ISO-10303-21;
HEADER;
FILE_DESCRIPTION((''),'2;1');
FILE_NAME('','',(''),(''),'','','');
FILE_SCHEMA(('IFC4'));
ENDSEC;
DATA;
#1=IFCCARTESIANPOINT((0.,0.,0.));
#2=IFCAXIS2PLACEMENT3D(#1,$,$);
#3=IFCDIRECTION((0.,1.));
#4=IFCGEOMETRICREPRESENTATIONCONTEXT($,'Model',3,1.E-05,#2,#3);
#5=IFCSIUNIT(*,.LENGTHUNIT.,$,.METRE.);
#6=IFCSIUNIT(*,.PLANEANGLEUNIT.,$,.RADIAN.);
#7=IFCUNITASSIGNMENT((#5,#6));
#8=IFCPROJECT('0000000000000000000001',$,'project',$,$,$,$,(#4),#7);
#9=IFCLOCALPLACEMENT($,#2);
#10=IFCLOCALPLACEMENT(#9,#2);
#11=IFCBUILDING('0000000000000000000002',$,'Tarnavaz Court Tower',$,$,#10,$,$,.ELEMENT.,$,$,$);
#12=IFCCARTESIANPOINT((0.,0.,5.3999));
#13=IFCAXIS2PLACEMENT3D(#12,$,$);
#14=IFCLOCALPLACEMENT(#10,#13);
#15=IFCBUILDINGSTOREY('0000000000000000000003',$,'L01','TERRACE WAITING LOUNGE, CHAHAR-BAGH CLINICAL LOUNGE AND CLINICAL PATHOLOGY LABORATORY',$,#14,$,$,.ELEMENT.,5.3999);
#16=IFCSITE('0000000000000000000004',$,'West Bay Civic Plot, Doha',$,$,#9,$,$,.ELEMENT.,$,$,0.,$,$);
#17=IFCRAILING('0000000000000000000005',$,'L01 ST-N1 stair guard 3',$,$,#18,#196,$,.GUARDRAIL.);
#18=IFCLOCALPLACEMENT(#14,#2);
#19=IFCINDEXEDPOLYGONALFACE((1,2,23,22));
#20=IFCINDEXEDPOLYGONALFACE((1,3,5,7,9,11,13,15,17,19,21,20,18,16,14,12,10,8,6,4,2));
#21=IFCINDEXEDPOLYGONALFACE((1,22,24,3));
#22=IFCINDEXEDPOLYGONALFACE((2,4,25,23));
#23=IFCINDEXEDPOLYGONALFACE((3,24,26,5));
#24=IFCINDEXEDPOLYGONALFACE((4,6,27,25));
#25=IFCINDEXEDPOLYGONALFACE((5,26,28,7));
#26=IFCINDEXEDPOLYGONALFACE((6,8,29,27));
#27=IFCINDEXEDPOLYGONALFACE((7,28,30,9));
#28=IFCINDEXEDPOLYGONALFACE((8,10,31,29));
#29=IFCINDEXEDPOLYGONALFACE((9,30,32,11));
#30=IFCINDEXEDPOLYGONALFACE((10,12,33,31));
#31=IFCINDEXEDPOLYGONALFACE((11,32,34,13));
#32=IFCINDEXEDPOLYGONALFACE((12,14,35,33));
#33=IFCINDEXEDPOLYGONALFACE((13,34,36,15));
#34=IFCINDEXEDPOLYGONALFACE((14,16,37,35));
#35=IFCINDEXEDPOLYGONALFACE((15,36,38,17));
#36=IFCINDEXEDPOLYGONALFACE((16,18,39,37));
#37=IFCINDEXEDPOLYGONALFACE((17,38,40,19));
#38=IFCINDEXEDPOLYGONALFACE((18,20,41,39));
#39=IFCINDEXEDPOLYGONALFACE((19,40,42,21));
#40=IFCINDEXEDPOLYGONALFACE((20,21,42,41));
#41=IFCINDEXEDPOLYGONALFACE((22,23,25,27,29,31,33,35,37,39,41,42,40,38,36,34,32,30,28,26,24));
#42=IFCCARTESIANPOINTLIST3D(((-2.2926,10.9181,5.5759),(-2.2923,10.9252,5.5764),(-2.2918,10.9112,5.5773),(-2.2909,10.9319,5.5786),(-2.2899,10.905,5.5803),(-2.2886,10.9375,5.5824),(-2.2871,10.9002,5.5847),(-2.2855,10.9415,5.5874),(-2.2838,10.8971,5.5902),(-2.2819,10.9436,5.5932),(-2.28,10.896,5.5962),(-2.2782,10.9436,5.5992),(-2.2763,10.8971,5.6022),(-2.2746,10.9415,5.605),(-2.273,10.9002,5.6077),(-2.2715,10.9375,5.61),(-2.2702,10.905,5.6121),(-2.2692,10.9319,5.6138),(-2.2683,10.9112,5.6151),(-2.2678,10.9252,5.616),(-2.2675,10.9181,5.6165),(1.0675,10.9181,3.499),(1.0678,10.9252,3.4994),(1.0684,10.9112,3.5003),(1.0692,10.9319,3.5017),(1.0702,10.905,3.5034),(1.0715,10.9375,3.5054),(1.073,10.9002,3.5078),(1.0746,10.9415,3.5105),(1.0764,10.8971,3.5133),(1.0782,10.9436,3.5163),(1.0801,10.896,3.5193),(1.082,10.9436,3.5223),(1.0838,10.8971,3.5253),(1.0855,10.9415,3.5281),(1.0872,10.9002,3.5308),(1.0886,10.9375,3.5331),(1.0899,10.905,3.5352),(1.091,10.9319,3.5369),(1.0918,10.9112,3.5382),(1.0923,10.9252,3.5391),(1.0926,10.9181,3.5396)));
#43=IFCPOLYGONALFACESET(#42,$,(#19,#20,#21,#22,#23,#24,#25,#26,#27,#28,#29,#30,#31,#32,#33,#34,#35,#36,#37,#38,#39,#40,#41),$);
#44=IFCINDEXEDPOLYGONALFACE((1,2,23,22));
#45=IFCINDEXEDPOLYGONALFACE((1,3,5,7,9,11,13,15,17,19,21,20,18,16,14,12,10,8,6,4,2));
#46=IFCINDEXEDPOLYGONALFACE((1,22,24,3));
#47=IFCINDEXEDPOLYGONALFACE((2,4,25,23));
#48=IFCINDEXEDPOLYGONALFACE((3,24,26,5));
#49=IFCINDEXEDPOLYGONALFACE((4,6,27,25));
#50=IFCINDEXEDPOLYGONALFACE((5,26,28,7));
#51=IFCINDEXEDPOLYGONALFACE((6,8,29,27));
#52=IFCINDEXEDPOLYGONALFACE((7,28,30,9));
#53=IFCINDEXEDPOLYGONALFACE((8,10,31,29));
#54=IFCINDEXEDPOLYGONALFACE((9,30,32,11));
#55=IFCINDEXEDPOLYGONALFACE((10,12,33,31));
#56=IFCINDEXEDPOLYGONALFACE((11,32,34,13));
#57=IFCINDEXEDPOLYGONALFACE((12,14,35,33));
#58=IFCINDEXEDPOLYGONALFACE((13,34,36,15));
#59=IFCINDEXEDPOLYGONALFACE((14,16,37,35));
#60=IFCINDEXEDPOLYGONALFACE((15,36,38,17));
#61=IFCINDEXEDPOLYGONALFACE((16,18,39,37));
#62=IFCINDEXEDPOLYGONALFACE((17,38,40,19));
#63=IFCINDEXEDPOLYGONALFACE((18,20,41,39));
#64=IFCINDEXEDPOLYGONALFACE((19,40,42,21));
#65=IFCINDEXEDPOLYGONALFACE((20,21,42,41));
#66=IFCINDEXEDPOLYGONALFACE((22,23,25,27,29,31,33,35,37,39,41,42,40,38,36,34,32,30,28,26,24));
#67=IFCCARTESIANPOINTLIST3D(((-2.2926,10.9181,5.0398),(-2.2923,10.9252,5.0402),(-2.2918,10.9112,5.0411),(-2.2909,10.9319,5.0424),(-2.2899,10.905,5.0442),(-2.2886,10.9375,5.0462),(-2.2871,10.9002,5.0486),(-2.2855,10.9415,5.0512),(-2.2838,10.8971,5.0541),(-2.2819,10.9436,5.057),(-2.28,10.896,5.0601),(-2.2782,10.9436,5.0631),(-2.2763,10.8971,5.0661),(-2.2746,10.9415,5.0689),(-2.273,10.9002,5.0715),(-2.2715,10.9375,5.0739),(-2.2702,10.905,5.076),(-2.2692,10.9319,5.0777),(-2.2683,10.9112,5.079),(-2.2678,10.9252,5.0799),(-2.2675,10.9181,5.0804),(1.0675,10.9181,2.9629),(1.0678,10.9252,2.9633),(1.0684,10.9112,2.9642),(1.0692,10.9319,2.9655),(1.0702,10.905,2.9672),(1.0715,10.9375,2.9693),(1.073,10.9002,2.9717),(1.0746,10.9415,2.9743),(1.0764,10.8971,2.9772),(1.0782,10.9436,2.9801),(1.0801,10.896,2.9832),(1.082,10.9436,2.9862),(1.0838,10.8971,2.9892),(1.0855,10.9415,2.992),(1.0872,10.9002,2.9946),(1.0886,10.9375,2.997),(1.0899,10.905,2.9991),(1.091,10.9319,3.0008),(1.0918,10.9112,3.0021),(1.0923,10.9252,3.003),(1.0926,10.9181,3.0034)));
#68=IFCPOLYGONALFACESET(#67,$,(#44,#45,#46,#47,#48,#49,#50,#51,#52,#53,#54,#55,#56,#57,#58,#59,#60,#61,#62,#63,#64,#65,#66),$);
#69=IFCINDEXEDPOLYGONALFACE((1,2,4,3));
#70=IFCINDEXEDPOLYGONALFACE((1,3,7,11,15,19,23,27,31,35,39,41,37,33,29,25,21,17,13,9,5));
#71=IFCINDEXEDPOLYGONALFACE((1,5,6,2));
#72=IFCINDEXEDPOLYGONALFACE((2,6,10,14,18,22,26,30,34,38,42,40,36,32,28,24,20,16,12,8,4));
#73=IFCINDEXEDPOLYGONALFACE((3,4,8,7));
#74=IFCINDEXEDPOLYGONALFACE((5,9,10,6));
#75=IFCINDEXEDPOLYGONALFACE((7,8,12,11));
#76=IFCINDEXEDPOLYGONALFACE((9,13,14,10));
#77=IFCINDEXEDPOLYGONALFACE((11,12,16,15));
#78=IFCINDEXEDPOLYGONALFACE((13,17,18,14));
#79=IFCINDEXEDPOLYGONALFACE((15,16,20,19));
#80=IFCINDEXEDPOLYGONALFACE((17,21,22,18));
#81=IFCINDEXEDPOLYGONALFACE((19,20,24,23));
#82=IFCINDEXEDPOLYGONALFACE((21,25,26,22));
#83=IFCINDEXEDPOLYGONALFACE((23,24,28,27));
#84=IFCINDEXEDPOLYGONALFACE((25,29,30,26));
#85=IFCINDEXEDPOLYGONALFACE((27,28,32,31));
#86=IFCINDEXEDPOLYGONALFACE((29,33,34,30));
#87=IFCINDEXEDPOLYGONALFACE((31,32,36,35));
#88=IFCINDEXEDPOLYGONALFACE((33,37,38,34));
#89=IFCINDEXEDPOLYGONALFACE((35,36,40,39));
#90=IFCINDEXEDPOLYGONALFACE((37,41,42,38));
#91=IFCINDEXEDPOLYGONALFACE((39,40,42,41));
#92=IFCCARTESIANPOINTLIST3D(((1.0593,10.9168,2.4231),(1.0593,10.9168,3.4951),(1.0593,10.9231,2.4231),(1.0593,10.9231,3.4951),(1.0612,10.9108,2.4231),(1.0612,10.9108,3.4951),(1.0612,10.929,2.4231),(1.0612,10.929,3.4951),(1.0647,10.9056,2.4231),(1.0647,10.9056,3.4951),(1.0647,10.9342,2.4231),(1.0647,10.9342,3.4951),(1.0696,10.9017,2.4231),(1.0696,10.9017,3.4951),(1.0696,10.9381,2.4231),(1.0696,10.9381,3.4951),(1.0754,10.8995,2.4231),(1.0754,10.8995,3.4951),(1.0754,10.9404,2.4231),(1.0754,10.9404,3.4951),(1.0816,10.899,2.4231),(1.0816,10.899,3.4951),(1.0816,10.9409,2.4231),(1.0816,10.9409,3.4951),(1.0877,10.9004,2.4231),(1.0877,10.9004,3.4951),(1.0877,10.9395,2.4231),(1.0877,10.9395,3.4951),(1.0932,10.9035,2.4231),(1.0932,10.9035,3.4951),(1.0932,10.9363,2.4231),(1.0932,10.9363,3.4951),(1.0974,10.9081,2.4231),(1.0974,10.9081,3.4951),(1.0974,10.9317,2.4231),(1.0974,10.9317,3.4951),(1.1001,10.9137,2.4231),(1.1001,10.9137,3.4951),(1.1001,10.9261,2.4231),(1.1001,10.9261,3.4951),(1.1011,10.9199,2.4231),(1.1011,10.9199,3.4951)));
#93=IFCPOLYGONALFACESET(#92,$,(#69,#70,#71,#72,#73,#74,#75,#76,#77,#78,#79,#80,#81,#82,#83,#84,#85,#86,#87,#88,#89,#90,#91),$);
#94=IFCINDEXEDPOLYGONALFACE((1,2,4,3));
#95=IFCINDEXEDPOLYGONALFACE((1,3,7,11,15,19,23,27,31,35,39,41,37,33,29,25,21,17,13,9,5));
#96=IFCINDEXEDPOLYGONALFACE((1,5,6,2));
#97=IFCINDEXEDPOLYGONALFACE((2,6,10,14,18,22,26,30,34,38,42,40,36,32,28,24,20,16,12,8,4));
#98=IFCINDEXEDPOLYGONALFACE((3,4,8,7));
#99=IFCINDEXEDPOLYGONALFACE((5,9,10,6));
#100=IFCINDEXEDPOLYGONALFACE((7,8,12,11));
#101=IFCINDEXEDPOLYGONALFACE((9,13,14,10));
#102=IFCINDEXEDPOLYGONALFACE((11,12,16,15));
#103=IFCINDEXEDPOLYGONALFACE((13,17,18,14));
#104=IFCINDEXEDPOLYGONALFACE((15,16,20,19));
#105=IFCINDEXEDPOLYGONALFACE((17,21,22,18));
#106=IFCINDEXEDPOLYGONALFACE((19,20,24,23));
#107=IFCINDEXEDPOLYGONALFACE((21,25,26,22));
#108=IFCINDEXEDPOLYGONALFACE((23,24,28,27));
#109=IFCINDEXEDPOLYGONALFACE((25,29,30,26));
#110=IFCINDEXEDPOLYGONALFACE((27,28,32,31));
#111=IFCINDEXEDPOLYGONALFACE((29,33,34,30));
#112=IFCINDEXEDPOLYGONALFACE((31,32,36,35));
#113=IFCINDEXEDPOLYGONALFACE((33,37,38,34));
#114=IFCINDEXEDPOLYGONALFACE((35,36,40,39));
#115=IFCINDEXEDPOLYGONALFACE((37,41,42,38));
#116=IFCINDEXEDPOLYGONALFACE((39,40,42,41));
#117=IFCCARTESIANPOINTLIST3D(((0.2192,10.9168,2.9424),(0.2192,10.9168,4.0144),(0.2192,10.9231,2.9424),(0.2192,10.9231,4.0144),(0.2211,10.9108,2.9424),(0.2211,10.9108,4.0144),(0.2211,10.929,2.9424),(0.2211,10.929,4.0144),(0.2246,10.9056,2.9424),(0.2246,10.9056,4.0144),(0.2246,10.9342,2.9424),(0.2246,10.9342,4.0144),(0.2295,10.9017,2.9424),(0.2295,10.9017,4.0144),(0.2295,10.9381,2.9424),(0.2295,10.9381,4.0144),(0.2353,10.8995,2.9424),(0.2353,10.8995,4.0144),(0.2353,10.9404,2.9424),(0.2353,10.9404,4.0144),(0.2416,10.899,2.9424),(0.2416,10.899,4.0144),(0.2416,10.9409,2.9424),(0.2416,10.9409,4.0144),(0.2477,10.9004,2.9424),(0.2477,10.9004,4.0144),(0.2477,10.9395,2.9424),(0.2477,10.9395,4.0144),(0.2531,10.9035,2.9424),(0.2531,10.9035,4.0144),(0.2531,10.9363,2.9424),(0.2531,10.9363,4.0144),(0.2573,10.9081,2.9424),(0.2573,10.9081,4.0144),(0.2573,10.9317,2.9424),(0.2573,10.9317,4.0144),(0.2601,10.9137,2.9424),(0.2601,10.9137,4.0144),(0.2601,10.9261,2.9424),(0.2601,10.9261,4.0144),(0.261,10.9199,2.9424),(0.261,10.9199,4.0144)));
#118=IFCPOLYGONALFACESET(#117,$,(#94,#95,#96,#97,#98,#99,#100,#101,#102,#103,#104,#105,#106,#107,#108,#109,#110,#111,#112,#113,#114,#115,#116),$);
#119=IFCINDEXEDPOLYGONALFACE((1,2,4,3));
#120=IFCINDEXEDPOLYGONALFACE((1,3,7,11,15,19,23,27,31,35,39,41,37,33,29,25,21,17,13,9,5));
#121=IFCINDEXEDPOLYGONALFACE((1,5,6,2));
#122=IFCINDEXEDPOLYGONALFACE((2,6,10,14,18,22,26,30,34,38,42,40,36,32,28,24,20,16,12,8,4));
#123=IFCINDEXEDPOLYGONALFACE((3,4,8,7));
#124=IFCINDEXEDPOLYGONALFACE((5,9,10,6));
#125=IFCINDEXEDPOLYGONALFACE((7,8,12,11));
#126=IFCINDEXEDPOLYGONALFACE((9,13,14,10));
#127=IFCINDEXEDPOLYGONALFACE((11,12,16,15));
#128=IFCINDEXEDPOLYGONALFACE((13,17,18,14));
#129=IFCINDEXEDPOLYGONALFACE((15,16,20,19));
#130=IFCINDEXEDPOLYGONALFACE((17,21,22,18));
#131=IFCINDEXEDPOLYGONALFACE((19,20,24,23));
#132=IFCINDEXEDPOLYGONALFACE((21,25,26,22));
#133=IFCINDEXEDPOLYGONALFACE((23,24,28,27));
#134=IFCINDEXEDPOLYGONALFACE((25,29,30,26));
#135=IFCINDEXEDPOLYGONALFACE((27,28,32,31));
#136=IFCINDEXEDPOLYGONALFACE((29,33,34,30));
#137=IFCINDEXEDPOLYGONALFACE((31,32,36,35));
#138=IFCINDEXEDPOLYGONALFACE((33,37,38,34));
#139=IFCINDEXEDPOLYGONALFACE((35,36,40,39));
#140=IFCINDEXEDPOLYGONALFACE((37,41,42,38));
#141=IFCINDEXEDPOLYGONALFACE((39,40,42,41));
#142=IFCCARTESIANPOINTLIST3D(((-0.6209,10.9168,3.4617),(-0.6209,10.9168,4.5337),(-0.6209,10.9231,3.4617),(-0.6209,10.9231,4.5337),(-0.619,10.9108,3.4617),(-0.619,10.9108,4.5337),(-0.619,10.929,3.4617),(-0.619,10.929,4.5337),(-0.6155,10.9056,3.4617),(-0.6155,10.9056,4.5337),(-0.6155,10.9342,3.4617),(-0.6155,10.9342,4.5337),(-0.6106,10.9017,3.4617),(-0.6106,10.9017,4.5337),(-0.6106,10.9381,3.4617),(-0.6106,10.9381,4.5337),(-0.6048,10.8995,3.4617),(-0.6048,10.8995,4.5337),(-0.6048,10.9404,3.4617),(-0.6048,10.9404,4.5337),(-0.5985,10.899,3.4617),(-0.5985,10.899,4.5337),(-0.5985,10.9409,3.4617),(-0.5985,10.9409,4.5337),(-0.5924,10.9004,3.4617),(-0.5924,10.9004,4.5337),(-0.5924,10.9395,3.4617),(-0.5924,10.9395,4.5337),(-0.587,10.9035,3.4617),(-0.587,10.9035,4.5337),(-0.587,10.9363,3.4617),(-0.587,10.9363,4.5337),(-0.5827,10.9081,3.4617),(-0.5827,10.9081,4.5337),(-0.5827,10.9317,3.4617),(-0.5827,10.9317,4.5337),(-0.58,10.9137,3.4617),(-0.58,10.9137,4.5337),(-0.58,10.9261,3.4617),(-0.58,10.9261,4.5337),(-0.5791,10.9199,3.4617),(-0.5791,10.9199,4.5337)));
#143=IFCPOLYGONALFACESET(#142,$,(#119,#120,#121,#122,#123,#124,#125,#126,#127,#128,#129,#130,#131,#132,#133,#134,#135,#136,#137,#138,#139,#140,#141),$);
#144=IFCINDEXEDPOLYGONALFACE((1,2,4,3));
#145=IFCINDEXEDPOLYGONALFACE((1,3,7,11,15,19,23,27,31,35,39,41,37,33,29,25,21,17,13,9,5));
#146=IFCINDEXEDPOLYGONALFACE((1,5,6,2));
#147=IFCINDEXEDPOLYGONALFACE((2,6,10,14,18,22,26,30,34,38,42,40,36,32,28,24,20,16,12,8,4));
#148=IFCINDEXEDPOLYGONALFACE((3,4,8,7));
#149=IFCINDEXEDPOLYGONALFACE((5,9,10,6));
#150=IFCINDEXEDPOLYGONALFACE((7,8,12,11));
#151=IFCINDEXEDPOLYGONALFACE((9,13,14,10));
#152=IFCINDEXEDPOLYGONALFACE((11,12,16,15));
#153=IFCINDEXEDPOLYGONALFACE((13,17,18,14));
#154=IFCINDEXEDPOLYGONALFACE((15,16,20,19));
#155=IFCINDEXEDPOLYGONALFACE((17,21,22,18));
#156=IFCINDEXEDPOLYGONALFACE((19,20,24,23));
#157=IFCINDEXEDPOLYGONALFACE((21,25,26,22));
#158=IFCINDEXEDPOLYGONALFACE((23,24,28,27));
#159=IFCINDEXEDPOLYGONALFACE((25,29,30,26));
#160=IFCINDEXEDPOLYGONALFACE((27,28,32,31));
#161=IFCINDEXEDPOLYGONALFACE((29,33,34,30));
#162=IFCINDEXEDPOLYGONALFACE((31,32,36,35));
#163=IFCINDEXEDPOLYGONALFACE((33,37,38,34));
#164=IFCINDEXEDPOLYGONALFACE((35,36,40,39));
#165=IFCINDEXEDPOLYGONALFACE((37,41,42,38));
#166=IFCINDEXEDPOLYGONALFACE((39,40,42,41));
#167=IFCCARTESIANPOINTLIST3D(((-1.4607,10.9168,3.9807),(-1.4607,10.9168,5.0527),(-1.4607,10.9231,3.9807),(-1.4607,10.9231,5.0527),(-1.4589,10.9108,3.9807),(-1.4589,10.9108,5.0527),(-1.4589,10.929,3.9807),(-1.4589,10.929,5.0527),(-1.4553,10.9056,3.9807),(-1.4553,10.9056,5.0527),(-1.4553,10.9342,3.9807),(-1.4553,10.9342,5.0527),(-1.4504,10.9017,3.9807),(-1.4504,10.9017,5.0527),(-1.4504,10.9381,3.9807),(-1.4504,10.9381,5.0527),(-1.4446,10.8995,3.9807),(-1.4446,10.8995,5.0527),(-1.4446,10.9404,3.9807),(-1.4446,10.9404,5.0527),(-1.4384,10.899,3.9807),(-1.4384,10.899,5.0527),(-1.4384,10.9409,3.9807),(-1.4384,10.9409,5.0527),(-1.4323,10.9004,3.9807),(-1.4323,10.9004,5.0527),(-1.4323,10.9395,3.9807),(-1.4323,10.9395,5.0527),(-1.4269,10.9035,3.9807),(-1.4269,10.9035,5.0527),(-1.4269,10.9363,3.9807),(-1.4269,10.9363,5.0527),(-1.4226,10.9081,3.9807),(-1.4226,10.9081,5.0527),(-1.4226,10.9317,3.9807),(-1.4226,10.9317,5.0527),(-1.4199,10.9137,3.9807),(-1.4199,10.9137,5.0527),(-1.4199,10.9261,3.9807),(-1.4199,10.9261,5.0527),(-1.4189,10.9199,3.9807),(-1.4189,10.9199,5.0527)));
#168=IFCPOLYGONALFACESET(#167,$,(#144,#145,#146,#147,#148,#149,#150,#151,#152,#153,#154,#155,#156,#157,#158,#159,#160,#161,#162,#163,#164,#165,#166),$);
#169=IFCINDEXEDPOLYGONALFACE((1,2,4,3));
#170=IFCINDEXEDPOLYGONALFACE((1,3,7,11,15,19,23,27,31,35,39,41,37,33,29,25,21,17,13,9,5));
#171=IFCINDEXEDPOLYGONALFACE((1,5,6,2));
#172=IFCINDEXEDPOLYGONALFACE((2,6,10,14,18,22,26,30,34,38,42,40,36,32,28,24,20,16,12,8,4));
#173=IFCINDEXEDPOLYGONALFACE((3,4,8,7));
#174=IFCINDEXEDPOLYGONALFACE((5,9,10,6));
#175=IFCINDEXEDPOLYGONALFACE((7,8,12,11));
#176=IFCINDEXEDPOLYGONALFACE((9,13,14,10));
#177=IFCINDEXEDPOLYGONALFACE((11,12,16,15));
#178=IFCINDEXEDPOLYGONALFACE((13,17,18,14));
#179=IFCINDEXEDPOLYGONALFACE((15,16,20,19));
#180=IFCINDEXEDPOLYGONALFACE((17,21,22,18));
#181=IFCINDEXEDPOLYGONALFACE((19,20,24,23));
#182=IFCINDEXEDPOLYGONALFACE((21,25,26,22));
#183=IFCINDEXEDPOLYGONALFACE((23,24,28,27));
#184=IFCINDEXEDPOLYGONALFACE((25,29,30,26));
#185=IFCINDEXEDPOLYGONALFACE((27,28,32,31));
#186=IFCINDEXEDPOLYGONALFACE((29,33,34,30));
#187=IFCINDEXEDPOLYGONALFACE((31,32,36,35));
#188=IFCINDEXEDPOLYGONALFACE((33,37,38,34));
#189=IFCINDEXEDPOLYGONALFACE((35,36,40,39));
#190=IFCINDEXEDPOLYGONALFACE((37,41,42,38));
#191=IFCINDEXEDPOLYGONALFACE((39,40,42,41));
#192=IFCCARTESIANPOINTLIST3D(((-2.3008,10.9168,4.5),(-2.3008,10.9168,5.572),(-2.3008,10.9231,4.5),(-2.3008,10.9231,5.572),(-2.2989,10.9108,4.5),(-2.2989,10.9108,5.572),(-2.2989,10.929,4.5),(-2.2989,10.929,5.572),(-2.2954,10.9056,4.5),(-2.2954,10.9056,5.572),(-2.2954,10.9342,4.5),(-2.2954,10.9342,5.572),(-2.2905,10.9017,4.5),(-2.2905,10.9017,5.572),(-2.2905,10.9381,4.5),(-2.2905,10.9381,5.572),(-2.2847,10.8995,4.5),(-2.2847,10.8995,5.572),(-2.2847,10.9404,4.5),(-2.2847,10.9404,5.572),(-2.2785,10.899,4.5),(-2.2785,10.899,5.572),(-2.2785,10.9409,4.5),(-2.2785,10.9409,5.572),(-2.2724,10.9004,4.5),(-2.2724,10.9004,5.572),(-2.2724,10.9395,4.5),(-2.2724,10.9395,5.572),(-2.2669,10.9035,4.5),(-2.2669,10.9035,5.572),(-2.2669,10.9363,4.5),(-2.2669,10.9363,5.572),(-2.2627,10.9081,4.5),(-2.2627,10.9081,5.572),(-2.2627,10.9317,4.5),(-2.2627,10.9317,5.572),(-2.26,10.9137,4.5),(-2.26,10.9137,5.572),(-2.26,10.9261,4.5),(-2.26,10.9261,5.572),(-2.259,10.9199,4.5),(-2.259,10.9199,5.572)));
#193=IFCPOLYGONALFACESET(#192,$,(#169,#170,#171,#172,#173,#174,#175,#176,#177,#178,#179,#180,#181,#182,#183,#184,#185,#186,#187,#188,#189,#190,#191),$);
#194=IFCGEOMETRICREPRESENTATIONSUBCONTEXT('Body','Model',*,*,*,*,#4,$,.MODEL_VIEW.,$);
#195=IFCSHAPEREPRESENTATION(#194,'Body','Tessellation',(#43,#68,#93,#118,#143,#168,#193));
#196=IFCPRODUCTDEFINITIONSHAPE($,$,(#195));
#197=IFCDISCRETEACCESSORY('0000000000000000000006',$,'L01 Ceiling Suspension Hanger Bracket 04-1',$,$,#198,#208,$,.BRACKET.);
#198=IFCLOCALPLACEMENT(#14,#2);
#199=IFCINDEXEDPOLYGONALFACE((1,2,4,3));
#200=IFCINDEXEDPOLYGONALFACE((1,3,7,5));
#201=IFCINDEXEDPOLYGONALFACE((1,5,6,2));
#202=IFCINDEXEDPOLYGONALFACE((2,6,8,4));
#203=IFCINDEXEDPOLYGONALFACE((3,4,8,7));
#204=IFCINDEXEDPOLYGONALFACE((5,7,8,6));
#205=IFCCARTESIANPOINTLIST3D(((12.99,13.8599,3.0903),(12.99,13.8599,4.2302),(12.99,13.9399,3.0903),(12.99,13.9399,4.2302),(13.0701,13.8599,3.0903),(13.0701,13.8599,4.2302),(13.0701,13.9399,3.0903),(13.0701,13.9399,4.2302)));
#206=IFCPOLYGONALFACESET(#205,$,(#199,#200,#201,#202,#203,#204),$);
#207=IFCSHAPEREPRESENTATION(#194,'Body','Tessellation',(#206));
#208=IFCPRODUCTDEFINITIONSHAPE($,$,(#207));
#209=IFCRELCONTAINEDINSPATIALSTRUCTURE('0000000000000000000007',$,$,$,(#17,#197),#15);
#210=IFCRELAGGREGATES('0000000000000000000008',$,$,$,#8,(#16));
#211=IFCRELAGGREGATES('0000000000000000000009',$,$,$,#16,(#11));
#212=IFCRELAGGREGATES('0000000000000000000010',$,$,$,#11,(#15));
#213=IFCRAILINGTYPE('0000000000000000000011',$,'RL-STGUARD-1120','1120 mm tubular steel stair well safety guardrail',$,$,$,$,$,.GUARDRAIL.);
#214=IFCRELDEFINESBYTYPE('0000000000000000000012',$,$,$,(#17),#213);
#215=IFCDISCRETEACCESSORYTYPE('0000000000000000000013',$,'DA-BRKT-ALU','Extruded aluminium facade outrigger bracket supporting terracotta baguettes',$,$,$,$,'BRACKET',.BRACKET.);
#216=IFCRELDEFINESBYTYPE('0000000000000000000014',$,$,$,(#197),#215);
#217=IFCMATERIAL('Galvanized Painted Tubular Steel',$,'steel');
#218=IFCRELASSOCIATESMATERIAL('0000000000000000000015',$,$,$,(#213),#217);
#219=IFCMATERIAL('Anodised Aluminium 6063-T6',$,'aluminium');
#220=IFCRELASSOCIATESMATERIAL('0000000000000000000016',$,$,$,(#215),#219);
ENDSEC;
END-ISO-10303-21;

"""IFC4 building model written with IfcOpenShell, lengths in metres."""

from ifc_helpers import new_model, si_unit, direction, frame, origin, origin_2d, place, context, subcontext, project, spatial, rectangle, circle, extrude, material, type_object, element, save


model = new_model("IFC4")

# Units and contexts
model_context = context("Model", 3, precision=1e-05, world=origin(), true_north=direction((0.0, 1.0)))
body_context = subcontext(model_context, "Body", "Model", "MODEL_VIEW")
ifc_project = project(units=[si_unit("LENGTHUNIT", "METRE"), si_unit("PLANEANGLEUNIT", "RADIAN")], contexts=[model_context])

# Site, building, storey
site_placement = place(None, origin())
site = spatial("IfcSite", under=ifc_project, at=site_placement, Name="West Bay Civic Plot, Doha", CompositionType="ELEMENT", RefElevation=0.0)
building_placement = place(site_placement, origin())
building = spatial("IfcBuilding", under=site, at=building_placement, Name="Tarnavaz Court Tower", CompositionType="ELEMENT")
storey_placement = place(building_placement, frame((0.0, 0.0, 5.3999)))
storey = spatial("IfcBuildingStorey", under=building, at=storey_placement, Name="L01", Description="TERRACE WAITING LOUNGE, CHAHAR-BAGH CLINICAL LOUNGE AND CLINICAL PATHOLOGY LABORATORY", CompositionType="ELEMENT", Elevation=5.3999)

# Shared definitions
ifc_material_1 = material(Name="Anodised Aluminium 6063-T6", Category="aluminium")

# Railing
ifc_material_2 = material(Name="Galvanized Painted Tubular Steel", Category="steel")
railing_type_1 = type_object("IfcRailingType", Name="RL-STGUARD-1120", Description="1120 mm tubular steel stair well safety guardrail", PredefinedType="GUARDRAIL", material=ifc_material_2)
railing_1_placement = place(storey_placement, frame((1.0801, 10.9199, 2.4231)))
element("IfcRailing", 1, at=railing_1_placement, inside=storey, type_object=railing_type_1, Name="L01 ST-N1 stair guard 3", PredefinedType="GUARDRAIL", context=body_context, shape_type="SweptSolid", body=[
    extrude(circle(Radius=0.0239, at=origin_2d()), frame((0.0, 0.0, 1.0962), z_axis=(-0.850623, 0.0, 0.525776), x_axis=(0.0, -1.0, 0.0)), (0.0, 0.0, 1.0), 3.9502),
    extrude(circle(Radius=0.0239, at=origin_2d()), frame((0.0, 0.0, 0.5601), z_axis=(-0.850623, 0.0, 0.525776), x_axis=(0.0, -1.0, 0.0)), (0.0, 0.0, 1.0), 3.9502),
    extrude(circle(Radius=0.021, at=origin_2d()), origin(), (0.0, 0.0, 1.0), 1.072),
    extrude(circle(Radius=0.021, at=origin_2d()), frame((-0.8401, 0.0, 0.5193)), (0.0, 0.0, 1.0), 1.072),
    extrude(circle(Radius=0.021, at=origin_2d()), frame((-1.6802, 0.0, 1.0386)), (0.0, 0.0, 1.0), 1.072),
    extrude(circle(Radius=0.021, at=origin_2d()), frame((-2.52, 0.0, 1.5576)), (0.0, 0.0, 1.0), 1.072),
    extrude(circle(Radius=0.021, at=origin_2d()), frame((-3.3601, 0.0, 2.0769)), (0.0, 0.0, 1.0), 1.072),
])

# Discrete accessory
discrete_accessory_type = type_object("IfcDiscreteAccessoryType", Name="DA-BRKT-ALU", Description="Extruded aluminium facade outrigger bracket supporting terracotta baguettes", ElementType="BRACKET", PredefinedType="BRACKET", material=ifc_material_1)
for number, where, z_axis, x_axis, name in (
    (2, (13.03, 13.8999, 3.0903), (0.0, 0.0, 1.0), (1.0, 0.0, 0.0), "L01 Ceiling Suspension Hanger Bracket 04-1"),
):
    element("IfcDiscreteAccessory", number, at=place(storey_placement, frame(where, z_axis=z_axis, x_axis=x_axis)), inside=storey, type_object=discrete_accessory_type, Name=name, PredefinedType="BRACKET", context=body_context, shape_type="SweptSolid", body=[
        extrude(rectangle(XDim=0.0801, YDim=0.0801, at=origin_2d()), origin(), (0.0, 0.0, 1.0), 1.1399),
    ])

save(model, "model.ifc")
